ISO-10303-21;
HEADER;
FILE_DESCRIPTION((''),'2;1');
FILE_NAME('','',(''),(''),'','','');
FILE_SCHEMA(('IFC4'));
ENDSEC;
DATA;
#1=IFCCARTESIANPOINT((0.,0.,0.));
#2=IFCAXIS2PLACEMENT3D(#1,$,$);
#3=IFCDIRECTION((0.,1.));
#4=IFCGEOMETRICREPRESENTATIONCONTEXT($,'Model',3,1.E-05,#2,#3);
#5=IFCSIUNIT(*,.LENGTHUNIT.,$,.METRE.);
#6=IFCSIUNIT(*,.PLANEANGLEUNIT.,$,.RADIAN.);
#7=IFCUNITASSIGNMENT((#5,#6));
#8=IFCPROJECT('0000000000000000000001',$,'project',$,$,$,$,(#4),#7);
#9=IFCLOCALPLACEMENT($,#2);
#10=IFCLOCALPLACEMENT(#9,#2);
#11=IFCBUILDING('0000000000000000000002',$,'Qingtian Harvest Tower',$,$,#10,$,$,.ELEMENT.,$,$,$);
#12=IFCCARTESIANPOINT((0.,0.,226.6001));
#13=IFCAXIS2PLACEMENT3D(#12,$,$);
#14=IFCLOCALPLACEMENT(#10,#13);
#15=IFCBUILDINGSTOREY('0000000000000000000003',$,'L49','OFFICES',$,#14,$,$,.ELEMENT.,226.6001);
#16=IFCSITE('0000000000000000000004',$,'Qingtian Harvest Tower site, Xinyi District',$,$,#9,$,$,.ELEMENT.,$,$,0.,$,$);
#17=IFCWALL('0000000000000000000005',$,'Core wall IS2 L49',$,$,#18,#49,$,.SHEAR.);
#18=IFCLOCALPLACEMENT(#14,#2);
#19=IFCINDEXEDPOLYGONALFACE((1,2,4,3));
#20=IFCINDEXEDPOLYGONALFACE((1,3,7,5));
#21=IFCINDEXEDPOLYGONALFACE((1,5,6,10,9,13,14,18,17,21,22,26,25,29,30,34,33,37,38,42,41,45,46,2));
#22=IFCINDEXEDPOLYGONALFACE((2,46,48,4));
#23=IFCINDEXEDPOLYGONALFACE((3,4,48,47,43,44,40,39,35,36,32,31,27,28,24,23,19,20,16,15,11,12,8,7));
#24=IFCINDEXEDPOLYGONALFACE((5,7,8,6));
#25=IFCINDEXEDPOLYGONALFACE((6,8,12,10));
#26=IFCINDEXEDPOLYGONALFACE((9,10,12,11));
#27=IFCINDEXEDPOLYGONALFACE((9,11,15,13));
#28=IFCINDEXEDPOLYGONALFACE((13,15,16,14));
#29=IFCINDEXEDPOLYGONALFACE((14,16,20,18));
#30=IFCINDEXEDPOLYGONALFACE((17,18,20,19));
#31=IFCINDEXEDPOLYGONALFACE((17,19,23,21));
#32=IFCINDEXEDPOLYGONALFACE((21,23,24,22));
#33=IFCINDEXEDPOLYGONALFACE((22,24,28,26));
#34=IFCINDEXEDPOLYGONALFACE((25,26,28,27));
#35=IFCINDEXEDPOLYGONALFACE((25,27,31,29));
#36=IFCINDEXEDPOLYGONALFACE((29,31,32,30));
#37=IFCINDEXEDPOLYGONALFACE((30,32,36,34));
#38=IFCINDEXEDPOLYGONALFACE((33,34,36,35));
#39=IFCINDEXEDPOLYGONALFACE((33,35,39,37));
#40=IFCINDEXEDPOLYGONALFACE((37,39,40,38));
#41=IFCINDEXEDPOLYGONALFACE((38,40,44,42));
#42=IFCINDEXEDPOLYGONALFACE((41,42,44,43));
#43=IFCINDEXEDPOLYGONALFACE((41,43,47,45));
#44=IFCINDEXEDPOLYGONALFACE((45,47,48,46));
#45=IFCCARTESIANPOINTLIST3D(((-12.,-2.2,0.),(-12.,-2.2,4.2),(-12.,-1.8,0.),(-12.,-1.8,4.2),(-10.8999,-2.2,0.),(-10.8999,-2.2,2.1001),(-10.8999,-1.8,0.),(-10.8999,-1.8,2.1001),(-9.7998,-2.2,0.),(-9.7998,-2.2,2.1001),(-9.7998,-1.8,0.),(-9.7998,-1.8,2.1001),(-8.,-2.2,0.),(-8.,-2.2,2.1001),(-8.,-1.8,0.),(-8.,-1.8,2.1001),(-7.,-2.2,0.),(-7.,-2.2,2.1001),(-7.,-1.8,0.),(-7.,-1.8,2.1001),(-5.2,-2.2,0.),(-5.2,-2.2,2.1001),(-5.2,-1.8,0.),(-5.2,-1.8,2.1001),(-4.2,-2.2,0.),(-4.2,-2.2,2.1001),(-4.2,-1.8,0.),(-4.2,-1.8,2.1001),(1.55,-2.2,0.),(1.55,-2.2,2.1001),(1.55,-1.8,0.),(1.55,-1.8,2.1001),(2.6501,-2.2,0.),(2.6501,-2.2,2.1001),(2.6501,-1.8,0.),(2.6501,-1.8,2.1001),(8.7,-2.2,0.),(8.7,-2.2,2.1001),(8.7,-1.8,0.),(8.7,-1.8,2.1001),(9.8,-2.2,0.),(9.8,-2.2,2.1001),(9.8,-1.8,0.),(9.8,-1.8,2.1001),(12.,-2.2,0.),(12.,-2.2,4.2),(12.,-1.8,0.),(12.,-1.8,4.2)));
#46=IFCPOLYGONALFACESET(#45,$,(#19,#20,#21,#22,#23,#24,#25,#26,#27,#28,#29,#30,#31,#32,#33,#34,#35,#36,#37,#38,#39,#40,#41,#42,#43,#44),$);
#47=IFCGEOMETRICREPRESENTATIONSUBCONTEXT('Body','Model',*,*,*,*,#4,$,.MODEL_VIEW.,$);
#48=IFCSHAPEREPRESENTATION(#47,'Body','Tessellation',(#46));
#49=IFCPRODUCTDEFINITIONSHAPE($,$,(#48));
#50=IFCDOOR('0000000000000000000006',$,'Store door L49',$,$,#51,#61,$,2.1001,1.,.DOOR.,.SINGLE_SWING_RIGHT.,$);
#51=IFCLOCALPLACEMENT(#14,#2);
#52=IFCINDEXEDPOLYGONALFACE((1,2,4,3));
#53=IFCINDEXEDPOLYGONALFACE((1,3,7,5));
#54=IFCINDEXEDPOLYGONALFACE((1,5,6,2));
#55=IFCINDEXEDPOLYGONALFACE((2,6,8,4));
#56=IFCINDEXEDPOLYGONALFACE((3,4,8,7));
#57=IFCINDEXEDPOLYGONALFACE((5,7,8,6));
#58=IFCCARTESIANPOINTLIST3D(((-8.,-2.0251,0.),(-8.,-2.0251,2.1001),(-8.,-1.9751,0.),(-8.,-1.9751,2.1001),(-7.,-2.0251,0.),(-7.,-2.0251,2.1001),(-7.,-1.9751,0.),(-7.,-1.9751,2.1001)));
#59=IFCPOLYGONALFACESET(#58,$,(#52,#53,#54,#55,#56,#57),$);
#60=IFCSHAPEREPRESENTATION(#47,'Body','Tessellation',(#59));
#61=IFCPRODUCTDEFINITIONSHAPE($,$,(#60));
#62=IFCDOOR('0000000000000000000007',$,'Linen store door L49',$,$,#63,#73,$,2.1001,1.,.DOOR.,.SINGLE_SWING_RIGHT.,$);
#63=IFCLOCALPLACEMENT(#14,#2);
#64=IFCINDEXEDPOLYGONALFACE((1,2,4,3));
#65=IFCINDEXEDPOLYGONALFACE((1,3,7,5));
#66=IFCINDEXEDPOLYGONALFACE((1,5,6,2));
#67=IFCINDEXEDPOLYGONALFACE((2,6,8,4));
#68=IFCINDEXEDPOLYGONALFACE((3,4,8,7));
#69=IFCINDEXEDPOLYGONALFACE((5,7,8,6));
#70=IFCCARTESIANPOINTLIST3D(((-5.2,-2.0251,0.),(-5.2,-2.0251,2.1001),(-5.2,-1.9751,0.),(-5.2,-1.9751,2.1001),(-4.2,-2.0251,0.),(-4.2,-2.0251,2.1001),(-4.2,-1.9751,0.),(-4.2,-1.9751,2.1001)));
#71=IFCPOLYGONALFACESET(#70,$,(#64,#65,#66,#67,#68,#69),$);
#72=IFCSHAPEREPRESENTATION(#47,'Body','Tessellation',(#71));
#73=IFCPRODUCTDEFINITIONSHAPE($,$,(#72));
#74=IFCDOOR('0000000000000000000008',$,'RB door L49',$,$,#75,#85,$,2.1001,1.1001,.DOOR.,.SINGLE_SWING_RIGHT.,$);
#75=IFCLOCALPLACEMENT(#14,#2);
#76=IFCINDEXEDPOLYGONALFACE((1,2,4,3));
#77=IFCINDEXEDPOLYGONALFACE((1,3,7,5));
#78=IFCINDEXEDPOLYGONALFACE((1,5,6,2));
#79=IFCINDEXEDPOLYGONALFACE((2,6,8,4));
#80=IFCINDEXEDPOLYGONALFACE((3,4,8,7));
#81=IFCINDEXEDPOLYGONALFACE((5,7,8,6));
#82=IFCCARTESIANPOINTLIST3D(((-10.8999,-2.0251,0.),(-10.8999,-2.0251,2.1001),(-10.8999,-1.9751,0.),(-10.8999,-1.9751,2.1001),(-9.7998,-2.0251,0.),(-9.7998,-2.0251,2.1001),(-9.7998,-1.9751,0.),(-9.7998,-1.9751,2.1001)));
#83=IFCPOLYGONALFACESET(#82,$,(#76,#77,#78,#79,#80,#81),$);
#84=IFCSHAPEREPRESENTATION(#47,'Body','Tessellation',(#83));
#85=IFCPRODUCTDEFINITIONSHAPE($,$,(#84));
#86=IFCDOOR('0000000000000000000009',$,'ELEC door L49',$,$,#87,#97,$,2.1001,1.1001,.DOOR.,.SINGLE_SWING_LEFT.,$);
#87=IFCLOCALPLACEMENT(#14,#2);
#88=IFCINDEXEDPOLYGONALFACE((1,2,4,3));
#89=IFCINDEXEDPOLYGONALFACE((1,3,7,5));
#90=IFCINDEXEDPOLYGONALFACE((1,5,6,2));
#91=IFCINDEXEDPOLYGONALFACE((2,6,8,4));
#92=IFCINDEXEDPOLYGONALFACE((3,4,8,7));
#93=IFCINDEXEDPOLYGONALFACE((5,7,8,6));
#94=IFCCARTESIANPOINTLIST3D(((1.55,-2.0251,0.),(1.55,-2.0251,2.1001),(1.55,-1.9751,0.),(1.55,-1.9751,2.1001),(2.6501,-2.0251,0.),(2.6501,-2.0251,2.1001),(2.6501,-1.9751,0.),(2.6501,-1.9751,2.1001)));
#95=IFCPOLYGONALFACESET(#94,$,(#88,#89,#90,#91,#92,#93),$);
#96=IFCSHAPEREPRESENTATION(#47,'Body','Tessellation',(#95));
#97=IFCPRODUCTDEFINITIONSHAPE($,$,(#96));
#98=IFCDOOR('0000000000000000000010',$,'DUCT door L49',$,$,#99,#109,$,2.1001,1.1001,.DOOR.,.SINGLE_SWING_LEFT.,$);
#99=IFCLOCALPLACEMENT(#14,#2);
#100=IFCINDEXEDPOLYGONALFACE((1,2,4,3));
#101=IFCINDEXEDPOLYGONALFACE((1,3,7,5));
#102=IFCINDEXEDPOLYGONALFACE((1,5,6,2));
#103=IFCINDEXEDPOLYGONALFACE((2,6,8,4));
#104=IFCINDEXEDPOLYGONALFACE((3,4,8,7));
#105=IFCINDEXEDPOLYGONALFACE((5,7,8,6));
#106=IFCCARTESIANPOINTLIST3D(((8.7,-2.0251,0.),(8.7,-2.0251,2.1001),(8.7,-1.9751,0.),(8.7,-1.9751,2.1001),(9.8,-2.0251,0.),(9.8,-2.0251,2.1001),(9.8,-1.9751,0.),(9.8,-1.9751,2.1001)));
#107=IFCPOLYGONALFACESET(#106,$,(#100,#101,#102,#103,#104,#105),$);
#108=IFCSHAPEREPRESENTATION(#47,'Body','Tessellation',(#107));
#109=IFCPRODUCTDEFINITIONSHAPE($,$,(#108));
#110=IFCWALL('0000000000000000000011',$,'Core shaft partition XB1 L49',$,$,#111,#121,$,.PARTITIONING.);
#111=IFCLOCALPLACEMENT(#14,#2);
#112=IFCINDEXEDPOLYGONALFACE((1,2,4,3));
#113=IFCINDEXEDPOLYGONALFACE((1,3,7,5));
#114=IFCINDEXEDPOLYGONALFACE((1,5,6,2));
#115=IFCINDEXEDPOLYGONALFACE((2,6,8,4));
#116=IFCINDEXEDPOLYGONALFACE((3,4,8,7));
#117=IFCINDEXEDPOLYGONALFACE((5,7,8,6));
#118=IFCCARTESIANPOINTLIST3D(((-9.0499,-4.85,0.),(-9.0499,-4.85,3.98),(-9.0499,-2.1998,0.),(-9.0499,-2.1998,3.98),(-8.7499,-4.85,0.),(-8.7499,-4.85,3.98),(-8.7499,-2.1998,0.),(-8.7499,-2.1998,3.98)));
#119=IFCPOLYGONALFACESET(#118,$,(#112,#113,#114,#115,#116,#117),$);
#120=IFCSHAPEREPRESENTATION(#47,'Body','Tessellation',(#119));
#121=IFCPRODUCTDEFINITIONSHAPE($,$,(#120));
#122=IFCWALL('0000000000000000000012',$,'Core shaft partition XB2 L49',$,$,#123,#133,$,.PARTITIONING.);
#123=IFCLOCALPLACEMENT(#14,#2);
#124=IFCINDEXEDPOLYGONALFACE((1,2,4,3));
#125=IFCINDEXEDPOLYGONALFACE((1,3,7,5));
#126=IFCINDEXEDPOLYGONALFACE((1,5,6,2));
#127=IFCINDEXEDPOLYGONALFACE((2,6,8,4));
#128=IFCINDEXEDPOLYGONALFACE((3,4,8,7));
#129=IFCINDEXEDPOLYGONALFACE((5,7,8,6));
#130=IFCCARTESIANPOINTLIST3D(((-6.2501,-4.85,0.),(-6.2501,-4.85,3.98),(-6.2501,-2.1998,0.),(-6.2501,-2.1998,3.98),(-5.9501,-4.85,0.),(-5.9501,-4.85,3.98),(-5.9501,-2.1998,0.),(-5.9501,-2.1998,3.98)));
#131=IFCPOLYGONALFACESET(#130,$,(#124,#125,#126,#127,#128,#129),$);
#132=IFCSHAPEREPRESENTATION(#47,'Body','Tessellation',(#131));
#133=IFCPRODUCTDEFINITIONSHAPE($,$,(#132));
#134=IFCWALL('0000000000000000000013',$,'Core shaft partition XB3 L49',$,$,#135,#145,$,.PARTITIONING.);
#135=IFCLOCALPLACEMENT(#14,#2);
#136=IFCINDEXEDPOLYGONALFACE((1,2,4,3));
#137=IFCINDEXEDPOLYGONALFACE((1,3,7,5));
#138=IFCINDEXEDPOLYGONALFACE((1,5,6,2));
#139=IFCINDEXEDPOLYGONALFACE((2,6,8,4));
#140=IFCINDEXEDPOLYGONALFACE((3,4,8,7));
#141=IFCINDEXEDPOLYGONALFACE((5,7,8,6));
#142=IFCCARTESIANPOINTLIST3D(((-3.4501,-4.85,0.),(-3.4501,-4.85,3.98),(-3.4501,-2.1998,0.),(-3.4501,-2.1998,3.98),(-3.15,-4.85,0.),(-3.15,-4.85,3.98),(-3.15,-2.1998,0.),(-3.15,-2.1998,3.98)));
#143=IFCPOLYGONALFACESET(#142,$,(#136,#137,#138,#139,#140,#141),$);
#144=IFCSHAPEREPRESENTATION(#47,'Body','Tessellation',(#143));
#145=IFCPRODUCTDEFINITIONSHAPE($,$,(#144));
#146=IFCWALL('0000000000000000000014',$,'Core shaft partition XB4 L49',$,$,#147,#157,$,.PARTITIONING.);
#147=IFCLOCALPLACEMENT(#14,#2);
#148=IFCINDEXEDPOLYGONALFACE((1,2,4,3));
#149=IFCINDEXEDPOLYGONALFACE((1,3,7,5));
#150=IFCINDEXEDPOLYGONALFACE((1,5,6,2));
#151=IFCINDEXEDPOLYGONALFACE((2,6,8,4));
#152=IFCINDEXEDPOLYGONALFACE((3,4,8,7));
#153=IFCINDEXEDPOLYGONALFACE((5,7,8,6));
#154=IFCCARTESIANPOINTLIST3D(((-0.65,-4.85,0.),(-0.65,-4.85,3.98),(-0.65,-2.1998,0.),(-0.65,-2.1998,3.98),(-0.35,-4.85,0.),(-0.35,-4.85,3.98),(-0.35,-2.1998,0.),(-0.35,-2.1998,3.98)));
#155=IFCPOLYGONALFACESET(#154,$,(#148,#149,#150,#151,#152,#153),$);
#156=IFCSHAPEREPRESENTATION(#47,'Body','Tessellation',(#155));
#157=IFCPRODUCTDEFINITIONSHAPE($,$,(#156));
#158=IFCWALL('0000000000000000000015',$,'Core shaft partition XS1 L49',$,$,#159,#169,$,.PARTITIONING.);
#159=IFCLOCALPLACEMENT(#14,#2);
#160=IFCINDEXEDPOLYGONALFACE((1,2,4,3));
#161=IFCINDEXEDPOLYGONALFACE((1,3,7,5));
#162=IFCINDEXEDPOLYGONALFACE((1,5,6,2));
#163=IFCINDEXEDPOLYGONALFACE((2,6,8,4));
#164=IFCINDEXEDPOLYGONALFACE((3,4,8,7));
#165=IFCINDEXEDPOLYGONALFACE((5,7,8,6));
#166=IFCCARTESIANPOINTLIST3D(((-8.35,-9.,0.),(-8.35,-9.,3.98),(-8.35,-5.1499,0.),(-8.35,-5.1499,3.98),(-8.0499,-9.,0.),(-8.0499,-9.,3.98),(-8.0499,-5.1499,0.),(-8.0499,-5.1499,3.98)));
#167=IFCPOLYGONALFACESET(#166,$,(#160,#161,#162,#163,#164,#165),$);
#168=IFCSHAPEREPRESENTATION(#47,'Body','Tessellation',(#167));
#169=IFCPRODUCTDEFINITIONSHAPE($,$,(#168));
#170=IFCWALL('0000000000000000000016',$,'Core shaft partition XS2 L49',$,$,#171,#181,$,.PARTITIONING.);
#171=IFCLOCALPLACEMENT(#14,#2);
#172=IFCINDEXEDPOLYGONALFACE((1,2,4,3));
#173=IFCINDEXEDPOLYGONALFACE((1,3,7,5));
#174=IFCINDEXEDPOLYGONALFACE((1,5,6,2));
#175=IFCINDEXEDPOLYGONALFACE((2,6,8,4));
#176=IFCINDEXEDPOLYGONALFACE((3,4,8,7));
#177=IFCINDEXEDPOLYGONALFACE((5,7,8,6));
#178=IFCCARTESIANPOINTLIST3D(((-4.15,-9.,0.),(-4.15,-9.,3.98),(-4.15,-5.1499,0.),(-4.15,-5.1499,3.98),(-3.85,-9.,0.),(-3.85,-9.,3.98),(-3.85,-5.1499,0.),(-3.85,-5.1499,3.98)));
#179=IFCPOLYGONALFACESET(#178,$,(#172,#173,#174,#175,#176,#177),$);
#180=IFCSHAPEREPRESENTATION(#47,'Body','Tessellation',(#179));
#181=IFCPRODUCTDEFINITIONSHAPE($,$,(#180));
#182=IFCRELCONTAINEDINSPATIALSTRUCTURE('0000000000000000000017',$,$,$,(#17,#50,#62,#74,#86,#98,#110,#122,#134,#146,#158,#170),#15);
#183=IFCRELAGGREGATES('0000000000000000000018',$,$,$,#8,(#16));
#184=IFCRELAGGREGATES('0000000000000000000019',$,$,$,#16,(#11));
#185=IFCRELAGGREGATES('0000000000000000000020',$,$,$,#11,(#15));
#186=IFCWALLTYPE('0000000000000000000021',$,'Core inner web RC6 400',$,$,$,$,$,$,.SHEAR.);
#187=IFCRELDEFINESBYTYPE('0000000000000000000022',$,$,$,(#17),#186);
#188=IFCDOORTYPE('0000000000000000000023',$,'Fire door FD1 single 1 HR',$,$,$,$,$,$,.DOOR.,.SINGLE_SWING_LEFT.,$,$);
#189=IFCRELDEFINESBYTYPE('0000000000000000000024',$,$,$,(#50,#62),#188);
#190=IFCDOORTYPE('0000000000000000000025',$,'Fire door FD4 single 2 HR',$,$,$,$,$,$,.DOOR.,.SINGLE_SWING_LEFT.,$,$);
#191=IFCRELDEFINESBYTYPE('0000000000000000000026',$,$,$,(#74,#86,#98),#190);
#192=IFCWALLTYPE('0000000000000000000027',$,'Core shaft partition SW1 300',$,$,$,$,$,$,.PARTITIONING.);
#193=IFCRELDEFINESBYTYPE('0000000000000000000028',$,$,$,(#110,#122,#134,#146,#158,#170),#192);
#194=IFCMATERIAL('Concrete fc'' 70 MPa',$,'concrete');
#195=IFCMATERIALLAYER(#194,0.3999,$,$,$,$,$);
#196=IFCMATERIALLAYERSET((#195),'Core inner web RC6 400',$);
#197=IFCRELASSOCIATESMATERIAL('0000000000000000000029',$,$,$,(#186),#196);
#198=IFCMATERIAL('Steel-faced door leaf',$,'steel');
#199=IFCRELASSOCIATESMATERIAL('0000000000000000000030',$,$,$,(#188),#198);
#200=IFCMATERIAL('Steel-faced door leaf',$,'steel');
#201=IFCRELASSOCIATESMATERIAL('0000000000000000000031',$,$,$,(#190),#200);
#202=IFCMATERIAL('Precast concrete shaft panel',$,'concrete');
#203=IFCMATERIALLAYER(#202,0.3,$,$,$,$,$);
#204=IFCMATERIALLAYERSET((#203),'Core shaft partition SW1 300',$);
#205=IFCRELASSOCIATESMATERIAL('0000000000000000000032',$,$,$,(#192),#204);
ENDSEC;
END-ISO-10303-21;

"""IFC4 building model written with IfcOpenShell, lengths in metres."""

from ifc_helpers import new_model, si_unit, direction, frame, frame_2d, origin, place, context, subcontext, project, spatial, rectangle, extrude, material, layer, layer_set, type_object, element, fill, save


model = new_model("IFC4")

# Units and contexts
model_context = context("Model", 3, precision=1e-05, world=origin(), true_north=direction((0.0, 1.0)))
body_context = subcontext(model_context, "Body", "Model", "MODEL_VIEW")
ifc_project = project(units=[si_unit("LENGTHUNIT", "METRE"), si_unit("PLANEANGLEUNIT", "RADIAN")], contexts=[model_context])

# Site, building, storey
site_placement = place(None, origin())
site = spatial("IfcSite", under=ifc_project, at=site_placement, Name="Qingtian Harvest Tower site, Xinyi District", CompositionType="ELEMENT", RefElevation=0.0)
building_placement = place(site_placement, origin())
building = spatial("IfcBuilding", under=site, at=building_placement, Name="Qingtian Harvest Tower", CompositionType="ELEMENT")
storey_placement = place(building_placement, frame((0.0, 0.0, 226.6001)))
storey = spatial("IfcBuildingStorey", under=building, at=storey_placement, Name="L49", Description="OFFICES", CompositionType="ELEMENT", Elevation=226.6001)

# Wall, openings, doors
ifc_material_1 = material(Name="Concrete fc' 70 MPa", Category="concrete")
ifc_layer_1 = layer(ifc_material_1, 0.3999)
ifc_layer_set_1 = layer_set([ifc_layer_1], Name="Core inner web RC6 400")
wall_type_1 = type_object("IfcWallType", Name="Core inner web RC6 400", PredefinedType="SHEAR", material=ifc_layer_set_1)
wall_1_placement = place(storey_placement, frame((-12.0, -2.0, 0.0), z_axis=(0.0, 0.0, 1.0), x_axis=(1.0, 0.0, 0.0)))
wall_1 = element("IfcWall", 1, at=wall_1_placement, inside=storey, type_object=wall_type_1, Name="Core wall IS2 L49", PredefinedType="SHEAR", context=body_context, shape_type="SweptSolid", body=[
    extrude(rectangle(XDim=24.0, YDim=0.3999, at=frame_2d((12.0, 0.0))), origin(), (0.0, 0.0, 1.0), 4.2),
])
opening_1_placement = place(wall_1_placement, frame((1.1001, 0.0, 0.0)))
opening_1 = element("IfcOpeningElement", 2, at=opening_1_placement, cuts=wall_1, PredefinedType="OPENING", context=body_context, shape_type="SweptSolid", body=[
    extrude(rectangle(XDim=1.1001, YDim=2.1001, at=frame_2d((0.55, 1.05))), frame((0.0, 0.21, 0.0), z_axis=(0.0, -1.0, 0.0), x_axis=(1.0, 0.0, 0.0)), (0.0, 0.0, 1.0), 0.4199),
])
opening_2_placement = place(wall_1_placement, frame((13.55, 0.0, 0.0)))
opening_2 = element("IfcOpeningElement", 3, at=opening_2_placement, cuts=wall_1, PredefinedType="OPENING", context=body_context, shape_type="SweptSolid", body=[
    extrude(rectangle(XDim=1.1001, YDim=2.1001, at=frame_2d((0.55, 1.05))), frame((0.0, 0.21, 0.0), z_axis=(0.0, -1.0, 0.0), x_axis=(1.0, 0.0, 0.0)), (0.0, 0.0, 1.0), 0.4199),
])
opening_3_placement = place(wall_1_placement, frame((20.7, 0.0, 0.0)))
opening_3 = element("IfcOpeningElement", 4, at=opening_3_placement, cuts=wall_1, PredefinedType="OPENING", context=body_context, shape_type="SweptSolid", body=[
    extrude(rectangle(XDim=1.1001, YDim=2.1001, at=frame_2d((0.55, 1.05))), frame((0.0, 0.21, 0.0), z_axis=(0.0, -1.0, 0.0), x_axis=(1.0, 0.0, 0.0)), (0.0, 0.0, 1.0), 0.4199),
])
opening_4_placement = place(wall_1_placement, frame((4.0, 0.0, 0.0)))
opening_4 = element("IfcOpeningElement", 5, at=opening_4_placement, cuts=wall_1, PredefinedType="OPENING", context=body_context, shape_type="SweptSolid", body=[
    extrude(rectangle(XDim=1.0, YDim=2.1001, at=frame_2d((0.5, 1.05))), frame((0.0, 0.21, 0.0), z_axis=(0.0, -1.0, 0.0), x_axis=(1.0, 0.0, 0.0)), (0.0, 0.0, 1.0), 0.4199),
])
opening_5_placement = place(wall_1_placement, frame((6.8, 0.0, 0.0)))
opening_5 = element("IfcOpeningElement", 6, at=opening_5_placement, cuts=wall_1, PredefinedType="OPENING", context=body_context, shape_type="SweptSolid", body=[
    extrude(rectangle(XDim=1.0, YDim=2.1001, at=frame_2d((0.5, 1.05))), frame((0.0, 0.21, 0.0), z_axis=(0.0, -1.0, 0.0), x_axis=(1.0, 0.0, 0.0)), (0.0, 0.0, 1.0), 0.4199),
])
ifc_material_2 = material(Name="Steel-faced door leaf", Category="steel")
door_type_1 = type_object("IfcDoorType", Name="Fire door FD1 single 1 HR", OperationType="SINGLE_SWING_LEFT", PredefinedType="DOOR", material=ifc_material_2)
door_1_placement = place(opening_4_placement, origin())
door_1 = element("IfcDoor", 7, at=door_1_placement, inside=storey, type_object=door_type_1, Name="Store door L49", OperationType="SINGLE_SWING_RIGHT", OverallHeight=2.1001, OverallWidth=1.0, PredefinedType="DOOR", context=body_context, shape_type="SweptSolid", body=[
    extrude(rectangle(XDim=1.0, YDim=2.1001, at=frame_2d((0.5, 1.05))), frame((0.0, 0.0249, 0.0), z_axis=(0.0, -1.0, 0.0), x_axis=(1.0, 0.0, 0.0)), (0.0, 0.0, 1.0), 0.05),
])
fill(opening_4, door_1)
door_2_placement = place(opening_5_placement, origin())
door_2 = element("IfcDoor", 8, at=door_2_placement, inside=storey, type_object=door_type_1, Name="Linen store door L49", OperationType="SINGLE_SWING_RIGHT", OverallHeight=2.1001, OverallWidth=1.0, PredefinedType="DOOR", context=body_context, shape_type="SweptSolid", body=[
    extrude(rectangle(XDim=1.0, YDim=2.1001, at=frame_2d((0.5, 1.05))), frame((0.0, 0.0249, 0.0), z_axis=(0.0, -1.0, 0.0), x_axis=(1.0, 0.0, 0.0)), (0.0, 0.0, 1.0), 0.05),
])
fill(opening_5, door_2)
ifc_material_3 = material(Name="Steel-faced door leaf", Category="steel")
door_type_2 = type_object("IfcDoorType", Name="Fire door FD4 single 2 HR", OperationType="SINGLE_SWING_LEFT", PredefinedType="DOOR", material=ifc_material_3)
door_3_placement = place(opening_1_placement, origin())
door_3 = element("IfcDoor", 9, at=door_3_placement, inside=storey, type_object=door_type_2, Name="RB door L49", OperationType="SINGLE_SWING_RIGHT", OverallHeight=2.1001, OverallWidth=1.1001, PredefinedType="DOOR", context=body_context, shape_type="SweptSolid", body=[
    extrude(rectangle(XDim=1.1001, YDim=2.1001, at=frame_2d((0.55, 1.05))), frame((0.0, 0.0249, 0.0), z_axis=(0.0, -1.0, 0.0), x_axis=(1.0, 0.0, 0.0)), (0.0, 0.0, 1.0), 0.05),
])
fill(opening_1, door_3)
door_4_placement = place(opening_2_placement, origin())
door_4 = element("IfcDoor", 10, at=door_4_placement, inside=storey, type_object=door_type_2, Name="ELEC door L49", OperationType="SINGLE_SWING_LEFT", OverallHeight=2.1001, OverallWidth=1.1001, PredefinedType="DOOR", context=body_context, shape_type="SweptSolid", body=[
    extrude(rectangle(XDim=1.1001, YDim=2.1001, at=frame_2d((0.55, 1.05))), frame((0.0, 0.0249, 0.0), z_axis=(0.0, -1.0, 0.0), x_axis=(1.0, 0.0, 0.0)), (0.0, 0.0, 1.0), 0.05),
])
fill(opening_2, door_4)
door_5_placement = place(opening_3_placement, origin())
door_5 = element("IfcDoor", 11, at=door_5_placement, inside=storey, type_object=door_type_2, Name="DUCT door L49", OperationType="SINGLE_SWING_LEFT", OverallHeight=2.1001, OverallWidth=1.1001, PredefinedType="DOOR", context=body_context, shape_type="SweptSolid", body=[
    extrude(rectangle(XDim=1.1001, YDim=2.1001, at=frame_2d((0.55, 1.05))), frame((0.0, 0.0249, 0.0), z_axis=(0.0, -1.0, 0.0), x_axis=(1.0, 0.0, 0.0)), (0.0, 0.0, 1.0), 0.05),
])
fill(opening_3, door_5)

# Walls
ifc_material_4 = material(Name="Precast concrete shaft panel", Category="concrete")
ifc_layer_2 = layer(ifc_material_4, 0.3)
ifc_layer_set_2 = layer_set([ifc_layer_2], Name="Core shaft partition SW1 300")
wall_type_2 = type_object("IfcWallType", Name="Core shaft partition SW1 300", PredefinedType="PARTITIONING", material=ifc_layer_set_2)
for number, where, z_axis, x_axis, name in (
    (12, (-8.8999, -4.8501, 0.0), (0.0, 0.0, 1.0), (0.0, 1.0, 0.0), "Core shaft partition XB1 L49"),
    (13, (-6.1001, -4.8501, 0.0), (0.0, 0.0, 1.0), (0.0, 1.0, 0.0), "Core shaft partition XB2 L49"),
    (14, (-3.3, -4.8501, 0.0), (0.0, 0.0, 1.0), (0.0, 1.0, 0.0), "Core shaft partition XB3 L49"),
    (15, (-0.5, -4.8501, 0.0), (0.0, 0.0, 1.0), (0.0, 1.0, 0.0), "Core shaft partition XB4 L49"),
):
    element("IfcWall", number, at=place(storey_placement, frame(where, z_axis=z_axis, x_axis=x_axis)), inside=storey, type_object=wall_type_2, Name=name, PredefinedType="PARTITIONING", context=body_context, shape_type="SweptSolid", body=[
        extrude(rectangle(XDim=2.6501, YDim=0.3, at=frame_2d((1.3252, 0.0))), origin(), (0.0, 0.0, 1.0), 3.98),
    ])
for number, where, z_axis, x_axis, name in (
    (16, (-8.2, -9.0, 0.0), (0.0, 0.0, 1.0), (0.0, 1.0, 0.0), "Core shaft partition XS1 L49"),
    (17, (-4.0, -9.0, 0.0), (0.0, 0.0, 1.0), (0.0, 1.0, 0.0), "Core shaft partition XS2 L49"),
):
    element("IfcWall", number, at=place(storey_placement, frame(where, z_axis=z_axis, x_axis=x_axis)), inside=storey, type_object=wall_type_2, Name=name, PredefinedType="PARTITIONING", context=body_context, shape_type="SweptSolid", body=[
        extrude(rectangle(XDim=3.8501, YDim=0.3, at=frame_2d((1.925, 0.0))), origin(), (0.0, 0.0, 1.0), 3.98),
    ])

save(model, "model.ifc")
